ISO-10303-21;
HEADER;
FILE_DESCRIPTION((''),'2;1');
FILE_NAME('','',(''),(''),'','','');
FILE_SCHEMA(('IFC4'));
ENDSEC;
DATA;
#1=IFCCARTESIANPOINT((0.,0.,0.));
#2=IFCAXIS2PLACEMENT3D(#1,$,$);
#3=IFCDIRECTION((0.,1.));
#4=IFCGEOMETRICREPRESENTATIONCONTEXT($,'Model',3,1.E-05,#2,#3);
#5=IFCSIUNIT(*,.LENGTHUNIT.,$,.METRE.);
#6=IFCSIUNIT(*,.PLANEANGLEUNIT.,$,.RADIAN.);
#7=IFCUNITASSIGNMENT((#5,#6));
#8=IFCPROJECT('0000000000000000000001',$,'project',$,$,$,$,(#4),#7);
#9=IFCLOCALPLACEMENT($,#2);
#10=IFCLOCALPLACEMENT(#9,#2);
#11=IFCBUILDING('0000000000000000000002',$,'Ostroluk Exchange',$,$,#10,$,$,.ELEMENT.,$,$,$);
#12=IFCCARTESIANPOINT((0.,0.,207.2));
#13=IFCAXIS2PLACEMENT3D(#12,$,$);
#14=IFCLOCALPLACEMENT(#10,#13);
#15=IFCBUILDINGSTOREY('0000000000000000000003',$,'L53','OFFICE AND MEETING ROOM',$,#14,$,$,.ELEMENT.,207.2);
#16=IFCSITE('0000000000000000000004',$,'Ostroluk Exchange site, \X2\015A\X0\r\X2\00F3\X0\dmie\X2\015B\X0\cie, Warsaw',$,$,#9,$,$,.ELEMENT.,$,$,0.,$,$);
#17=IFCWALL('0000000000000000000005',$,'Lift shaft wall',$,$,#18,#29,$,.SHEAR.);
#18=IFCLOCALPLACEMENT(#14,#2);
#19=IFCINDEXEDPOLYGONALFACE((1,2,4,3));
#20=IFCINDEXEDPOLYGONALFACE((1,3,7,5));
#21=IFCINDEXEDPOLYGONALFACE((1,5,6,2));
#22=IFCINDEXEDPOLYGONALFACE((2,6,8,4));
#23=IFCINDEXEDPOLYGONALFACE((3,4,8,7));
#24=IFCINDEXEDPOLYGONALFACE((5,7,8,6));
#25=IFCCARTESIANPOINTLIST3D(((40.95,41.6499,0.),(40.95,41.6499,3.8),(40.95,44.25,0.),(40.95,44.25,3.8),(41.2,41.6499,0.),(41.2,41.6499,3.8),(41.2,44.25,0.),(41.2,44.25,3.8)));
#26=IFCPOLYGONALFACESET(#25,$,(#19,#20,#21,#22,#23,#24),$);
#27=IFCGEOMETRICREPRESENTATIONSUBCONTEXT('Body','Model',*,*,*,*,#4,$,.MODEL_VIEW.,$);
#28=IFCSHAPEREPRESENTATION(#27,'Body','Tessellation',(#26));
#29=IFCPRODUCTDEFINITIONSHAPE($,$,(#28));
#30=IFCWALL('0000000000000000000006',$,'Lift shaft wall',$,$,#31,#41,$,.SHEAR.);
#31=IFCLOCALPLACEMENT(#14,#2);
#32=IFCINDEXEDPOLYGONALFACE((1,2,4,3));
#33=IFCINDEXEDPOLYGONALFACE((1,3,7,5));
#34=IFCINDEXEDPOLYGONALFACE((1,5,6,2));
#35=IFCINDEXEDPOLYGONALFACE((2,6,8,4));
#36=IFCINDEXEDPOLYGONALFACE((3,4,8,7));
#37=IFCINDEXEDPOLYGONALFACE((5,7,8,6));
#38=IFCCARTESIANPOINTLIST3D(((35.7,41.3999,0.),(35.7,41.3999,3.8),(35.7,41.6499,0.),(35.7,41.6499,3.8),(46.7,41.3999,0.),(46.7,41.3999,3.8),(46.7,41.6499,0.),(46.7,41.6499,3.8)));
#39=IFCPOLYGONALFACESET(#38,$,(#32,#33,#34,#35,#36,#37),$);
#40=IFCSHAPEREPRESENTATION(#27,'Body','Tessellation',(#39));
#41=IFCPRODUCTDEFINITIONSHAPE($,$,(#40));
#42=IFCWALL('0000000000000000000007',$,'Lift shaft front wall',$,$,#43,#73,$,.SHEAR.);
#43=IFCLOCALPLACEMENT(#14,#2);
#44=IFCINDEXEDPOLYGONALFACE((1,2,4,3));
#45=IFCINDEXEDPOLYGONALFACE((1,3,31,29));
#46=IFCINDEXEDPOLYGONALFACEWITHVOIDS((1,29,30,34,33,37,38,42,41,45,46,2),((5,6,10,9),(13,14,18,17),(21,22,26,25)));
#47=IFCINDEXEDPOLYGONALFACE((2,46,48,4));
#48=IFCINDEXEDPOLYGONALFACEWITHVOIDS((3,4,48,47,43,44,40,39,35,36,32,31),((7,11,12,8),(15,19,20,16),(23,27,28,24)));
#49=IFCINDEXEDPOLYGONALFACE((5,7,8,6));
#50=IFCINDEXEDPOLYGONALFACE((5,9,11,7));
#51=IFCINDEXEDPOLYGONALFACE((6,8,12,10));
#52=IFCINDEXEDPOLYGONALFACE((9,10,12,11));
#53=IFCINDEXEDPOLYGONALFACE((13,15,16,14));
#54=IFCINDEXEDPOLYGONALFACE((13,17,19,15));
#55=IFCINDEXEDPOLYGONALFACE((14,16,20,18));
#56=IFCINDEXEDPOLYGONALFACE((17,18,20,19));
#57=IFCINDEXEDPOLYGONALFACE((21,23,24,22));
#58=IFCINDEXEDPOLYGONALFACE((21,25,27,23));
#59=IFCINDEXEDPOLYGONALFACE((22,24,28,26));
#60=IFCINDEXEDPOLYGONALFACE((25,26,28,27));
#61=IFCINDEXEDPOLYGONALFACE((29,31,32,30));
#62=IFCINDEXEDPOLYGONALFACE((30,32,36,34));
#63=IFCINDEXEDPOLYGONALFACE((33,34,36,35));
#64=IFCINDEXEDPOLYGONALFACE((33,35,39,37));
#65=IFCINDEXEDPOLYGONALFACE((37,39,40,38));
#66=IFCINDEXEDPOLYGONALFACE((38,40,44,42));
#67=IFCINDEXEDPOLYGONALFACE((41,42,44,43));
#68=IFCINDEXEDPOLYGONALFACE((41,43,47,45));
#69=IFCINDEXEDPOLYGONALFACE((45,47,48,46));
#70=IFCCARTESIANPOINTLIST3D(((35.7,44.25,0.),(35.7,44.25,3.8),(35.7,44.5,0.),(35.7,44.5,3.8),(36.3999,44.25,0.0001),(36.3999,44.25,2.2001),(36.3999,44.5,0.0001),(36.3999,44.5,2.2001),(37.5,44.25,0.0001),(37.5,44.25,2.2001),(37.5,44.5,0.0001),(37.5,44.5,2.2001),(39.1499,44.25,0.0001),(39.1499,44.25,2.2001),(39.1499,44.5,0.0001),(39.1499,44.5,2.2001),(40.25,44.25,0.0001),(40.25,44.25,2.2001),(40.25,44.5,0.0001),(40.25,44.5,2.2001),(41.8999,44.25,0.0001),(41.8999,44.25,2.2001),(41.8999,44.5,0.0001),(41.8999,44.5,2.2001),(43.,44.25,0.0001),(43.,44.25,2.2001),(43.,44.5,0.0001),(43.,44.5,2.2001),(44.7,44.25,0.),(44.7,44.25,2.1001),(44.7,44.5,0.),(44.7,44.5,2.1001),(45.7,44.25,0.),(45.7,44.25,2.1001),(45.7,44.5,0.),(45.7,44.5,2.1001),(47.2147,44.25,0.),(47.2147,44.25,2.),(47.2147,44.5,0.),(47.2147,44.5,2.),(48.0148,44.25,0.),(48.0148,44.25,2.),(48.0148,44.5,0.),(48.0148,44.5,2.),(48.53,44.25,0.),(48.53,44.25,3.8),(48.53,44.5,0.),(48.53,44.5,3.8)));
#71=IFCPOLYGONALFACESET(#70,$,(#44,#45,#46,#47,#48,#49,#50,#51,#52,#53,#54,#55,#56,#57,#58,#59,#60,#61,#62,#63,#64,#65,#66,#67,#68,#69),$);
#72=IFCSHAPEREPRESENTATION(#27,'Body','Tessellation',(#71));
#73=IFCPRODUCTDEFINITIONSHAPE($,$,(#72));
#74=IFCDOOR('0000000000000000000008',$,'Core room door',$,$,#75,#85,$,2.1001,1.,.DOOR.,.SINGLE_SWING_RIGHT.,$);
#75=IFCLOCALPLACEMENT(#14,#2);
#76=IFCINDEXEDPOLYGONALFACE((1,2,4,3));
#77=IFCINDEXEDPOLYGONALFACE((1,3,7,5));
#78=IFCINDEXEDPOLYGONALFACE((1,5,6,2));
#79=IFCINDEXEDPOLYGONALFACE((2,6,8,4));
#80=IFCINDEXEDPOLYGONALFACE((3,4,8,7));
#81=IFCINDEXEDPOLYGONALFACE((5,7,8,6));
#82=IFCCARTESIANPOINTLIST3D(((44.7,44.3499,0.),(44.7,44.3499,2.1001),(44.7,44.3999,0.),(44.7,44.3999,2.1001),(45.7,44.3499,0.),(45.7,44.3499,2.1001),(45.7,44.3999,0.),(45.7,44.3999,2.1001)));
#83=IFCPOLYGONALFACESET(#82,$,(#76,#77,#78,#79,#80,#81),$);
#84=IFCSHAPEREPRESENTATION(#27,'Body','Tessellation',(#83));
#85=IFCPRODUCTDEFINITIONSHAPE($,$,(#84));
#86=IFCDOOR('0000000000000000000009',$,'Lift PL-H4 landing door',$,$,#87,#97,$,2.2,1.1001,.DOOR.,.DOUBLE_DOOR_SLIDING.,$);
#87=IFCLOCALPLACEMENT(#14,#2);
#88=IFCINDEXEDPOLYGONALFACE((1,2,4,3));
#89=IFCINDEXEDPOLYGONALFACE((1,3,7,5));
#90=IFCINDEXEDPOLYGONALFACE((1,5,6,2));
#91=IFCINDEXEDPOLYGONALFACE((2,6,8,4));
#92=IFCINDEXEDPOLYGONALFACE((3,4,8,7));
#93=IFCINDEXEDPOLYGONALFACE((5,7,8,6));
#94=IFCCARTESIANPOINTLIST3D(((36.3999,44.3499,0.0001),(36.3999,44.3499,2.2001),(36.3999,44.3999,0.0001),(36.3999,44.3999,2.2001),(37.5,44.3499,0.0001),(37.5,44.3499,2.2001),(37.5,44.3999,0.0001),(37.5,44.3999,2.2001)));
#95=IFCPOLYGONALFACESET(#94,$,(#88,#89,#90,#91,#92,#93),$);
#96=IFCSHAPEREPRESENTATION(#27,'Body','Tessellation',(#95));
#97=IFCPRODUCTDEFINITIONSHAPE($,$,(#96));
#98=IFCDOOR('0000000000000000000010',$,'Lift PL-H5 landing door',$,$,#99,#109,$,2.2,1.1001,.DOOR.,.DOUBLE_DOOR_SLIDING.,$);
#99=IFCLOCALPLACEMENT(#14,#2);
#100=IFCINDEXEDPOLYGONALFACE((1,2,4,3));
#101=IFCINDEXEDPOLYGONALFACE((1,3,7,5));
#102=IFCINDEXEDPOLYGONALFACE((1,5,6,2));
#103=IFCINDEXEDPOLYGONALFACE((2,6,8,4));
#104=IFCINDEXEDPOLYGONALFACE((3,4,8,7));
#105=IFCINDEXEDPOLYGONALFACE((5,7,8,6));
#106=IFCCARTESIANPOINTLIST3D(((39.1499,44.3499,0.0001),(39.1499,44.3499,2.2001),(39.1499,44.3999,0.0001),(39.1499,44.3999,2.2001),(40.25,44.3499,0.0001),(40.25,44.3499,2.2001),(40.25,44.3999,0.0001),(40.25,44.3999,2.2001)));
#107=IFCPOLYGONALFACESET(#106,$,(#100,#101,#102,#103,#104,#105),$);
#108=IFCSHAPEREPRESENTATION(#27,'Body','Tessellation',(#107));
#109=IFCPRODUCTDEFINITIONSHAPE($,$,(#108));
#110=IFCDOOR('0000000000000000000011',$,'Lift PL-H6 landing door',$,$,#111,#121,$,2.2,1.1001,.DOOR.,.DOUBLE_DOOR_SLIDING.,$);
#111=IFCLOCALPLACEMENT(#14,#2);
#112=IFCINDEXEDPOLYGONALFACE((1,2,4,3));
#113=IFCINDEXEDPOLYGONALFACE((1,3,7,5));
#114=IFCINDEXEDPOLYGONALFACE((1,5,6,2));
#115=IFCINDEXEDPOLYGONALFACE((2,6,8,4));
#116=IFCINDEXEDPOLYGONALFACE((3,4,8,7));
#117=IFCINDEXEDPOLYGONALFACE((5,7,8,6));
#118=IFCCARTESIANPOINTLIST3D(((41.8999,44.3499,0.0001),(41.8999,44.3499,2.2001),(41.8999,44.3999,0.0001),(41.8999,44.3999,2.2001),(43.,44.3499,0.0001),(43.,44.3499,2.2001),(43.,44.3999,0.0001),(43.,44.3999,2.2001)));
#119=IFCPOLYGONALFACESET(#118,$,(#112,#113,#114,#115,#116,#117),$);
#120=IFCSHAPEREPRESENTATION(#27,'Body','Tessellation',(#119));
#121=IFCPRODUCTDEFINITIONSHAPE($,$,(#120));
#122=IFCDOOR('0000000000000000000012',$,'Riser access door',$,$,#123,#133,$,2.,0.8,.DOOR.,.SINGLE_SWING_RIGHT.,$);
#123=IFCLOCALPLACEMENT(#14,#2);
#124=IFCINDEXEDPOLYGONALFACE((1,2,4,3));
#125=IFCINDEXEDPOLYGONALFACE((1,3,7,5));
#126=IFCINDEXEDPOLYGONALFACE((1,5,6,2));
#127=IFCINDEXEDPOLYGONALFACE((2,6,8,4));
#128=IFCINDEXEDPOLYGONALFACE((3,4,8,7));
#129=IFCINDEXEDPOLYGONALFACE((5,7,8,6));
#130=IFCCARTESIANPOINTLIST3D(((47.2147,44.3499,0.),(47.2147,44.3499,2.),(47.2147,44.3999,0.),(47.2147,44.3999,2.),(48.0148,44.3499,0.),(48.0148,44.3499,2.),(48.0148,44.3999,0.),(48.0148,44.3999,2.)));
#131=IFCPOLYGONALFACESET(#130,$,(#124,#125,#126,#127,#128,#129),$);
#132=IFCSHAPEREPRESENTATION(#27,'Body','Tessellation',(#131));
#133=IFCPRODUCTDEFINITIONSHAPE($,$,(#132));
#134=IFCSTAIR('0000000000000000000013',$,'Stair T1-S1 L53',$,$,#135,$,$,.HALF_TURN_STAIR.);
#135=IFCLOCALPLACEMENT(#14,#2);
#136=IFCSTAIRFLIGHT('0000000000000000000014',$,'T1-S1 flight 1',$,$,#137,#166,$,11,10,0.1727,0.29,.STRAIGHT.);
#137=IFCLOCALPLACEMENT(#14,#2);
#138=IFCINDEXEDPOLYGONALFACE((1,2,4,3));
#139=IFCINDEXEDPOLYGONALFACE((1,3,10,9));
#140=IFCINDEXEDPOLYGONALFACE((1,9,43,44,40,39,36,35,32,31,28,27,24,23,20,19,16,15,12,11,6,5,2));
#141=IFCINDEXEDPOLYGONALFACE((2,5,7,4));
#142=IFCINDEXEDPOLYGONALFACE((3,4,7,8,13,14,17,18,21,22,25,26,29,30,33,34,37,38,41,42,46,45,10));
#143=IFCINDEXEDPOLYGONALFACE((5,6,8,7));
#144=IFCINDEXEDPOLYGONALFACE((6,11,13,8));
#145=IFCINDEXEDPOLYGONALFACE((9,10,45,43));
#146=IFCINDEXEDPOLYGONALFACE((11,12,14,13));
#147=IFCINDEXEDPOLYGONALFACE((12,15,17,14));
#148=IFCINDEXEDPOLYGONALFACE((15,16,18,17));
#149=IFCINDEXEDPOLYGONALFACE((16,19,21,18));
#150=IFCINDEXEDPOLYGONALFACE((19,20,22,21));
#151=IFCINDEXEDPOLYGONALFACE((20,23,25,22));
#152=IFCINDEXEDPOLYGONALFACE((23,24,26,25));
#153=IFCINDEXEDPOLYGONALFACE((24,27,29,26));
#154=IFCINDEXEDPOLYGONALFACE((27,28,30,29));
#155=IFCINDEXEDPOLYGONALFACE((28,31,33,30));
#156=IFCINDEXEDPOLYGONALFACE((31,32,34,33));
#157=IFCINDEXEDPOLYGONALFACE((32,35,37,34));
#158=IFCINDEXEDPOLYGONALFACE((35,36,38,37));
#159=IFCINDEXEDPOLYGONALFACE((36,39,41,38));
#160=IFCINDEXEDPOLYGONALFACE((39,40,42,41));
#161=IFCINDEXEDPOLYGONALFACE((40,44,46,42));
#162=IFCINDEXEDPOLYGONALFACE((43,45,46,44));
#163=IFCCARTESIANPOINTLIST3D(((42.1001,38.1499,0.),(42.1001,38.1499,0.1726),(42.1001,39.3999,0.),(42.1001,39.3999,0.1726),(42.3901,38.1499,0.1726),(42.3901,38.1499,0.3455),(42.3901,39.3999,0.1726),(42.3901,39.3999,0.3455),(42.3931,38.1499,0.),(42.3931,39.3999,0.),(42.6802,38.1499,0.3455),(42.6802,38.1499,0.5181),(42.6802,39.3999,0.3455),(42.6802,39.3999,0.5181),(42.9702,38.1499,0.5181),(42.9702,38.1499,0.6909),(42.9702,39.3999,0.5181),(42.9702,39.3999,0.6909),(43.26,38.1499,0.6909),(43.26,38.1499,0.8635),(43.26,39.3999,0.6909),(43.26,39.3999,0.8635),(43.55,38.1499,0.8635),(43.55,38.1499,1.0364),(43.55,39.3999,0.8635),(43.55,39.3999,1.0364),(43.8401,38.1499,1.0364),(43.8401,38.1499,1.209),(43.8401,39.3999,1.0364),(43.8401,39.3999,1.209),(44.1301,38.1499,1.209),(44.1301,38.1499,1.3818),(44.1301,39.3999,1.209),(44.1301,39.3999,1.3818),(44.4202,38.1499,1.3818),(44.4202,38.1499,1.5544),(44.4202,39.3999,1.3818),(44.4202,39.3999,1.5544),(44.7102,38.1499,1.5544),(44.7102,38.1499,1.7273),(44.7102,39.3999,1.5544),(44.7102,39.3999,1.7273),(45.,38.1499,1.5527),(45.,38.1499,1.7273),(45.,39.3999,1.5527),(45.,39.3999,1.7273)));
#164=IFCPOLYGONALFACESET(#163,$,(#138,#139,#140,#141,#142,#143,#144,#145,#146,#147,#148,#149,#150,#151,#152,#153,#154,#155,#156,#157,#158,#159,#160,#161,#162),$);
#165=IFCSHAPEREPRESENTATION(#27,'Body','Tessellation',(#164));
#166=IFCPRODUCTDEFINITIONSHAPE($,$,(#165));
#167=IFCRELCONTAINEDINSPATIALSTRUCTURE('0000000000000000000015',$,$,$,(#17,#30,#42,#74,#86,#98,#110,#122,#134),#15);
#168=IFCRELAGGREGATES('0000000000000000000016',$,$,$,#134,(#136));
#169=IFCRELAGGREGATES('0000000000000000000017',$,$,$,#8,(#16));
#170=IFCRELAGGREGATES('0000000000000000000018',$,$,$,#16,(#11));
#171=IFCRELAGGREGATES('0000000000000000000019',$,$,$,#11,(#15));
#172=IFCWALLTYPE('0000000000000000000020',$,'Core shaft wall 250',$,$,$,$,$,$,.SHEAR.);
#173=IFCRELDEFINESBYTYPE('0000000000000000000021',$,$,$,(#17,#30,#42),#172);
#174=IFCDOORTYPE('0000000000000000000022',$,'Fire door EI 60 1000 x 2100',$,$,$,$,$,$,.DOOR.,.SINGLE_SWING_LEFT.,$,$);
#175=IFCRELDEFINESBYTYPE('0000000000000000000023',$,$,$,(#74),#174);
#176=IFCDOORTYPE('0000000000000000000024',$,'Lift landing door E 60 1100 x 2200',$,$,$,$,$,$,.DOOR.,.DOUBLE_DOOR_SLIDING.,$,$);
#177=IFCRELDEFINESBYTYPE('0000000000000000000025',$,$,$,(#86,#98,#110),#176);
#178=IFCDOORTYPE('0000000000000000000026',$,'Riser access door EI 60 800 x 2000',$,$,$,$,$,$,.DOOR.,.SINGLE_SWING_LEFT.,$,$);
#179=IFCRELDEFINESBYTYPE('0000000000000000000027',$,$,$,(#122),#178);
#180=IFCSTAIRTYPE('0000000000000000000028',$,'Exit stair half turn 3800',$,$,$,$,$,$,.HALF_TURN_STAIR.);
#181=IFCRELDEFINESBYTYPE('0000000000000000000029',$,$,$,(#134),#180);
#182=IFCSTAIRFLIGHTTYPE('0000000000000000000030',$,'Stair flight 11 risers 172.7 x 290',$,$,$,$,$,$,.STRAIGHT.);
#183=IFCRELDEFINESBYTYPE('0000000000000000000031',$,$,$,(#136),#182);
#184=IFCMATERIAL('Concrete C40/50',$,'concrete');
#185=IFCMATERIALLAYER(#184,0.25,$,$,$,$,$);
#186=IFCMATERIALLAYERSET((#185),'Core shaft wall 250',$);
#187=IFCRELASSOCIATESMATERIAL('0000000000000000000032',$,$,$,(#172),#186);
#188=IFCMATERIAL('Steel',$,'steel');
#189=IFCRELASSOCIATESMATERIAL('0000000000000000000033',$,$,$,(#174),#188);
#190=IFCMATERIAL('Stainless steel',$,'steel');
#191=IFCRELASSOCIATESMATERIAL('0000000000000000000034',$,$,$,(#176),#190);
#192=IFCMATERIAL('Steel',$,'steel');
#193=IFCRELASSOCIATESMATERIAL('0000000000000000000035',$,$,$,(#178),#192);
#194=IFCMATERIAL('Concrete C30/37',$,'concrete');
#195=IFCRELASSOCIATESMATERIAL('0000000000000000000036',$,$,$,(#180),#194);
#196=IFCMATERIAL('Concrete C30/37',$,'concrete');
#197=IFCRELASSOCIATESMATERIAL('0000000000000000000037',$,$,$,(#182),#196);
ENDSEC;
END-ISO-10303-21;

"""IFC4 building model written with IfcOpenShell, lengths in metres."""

from ifc_helpers import new_model, si_unit, direction, frame, frame_2d, origin, place, context, subcontext, project, spatial, polyline, rectangle, outline, extrude, material, layer, layer_set, type_object, element, fill, aggregate, save


model = new_model("IFC4")

# Units and contexts
model_context = context("Model", 3, precision=1e-05, world=origin(), true_north=direction((0.0, 1.0)))
body_context = subcontext(model_context, "Body", "Model", "MODEL_VIEW")
ifc_project = project(units=[si_unit("LENGTHUNIT", "METRE"), si_unit("PLANEANGLEUNIT", "RADIAN")], contexts=[model_context])

# Site, building, storey
site_placement = place(None, origin())
site = spatial("IfcSite", under=ifc_project, at=site_placement, Name="Ostroluk Exchange site, Śródmieście, Warsaw", CompositionType="ELEMENT", RefElevation=0.0)
building_placement = place(site_placement, origin())
building = spatial("IfcBuilding", under=site, at=building_placement, Name="Ostroluk Exchange", CompositionType="ELEMENT")
storey_placement = place(building_placement, frame((0.0, 0.0, 207.2)))
storey = spatial("IfcBuildingStorey", under=building, at=storey_placement, Name="L53", Description="OFFICE AND MEETING ROOM", CompositionType="ELEMENT", Elevation=207.2)

# Shared definitions
ifc_material_1 = material(Name="Concrete C40/50", Category="concrete")
ifc_layer_1 = layer(ifc_material_1, 0.25)
ifc_layer_set_1 = layer_set([ifc_layer_1], Name="Core shaft wall 250")
wall_type_1 = type_object("IfcWallType", Name="Core shaft wall 250", PredefinedType="SHEAR", material=ifc_layer_set_1)

# Walls
for number, where, z_axis, x_axis, name in (
    (1, (41.075, 44.25, 0.0), (0.0, 0.0, 1.0), (0.0, -1.0, 0.0), "Lift shaft wall"),
):
    element("IfcWall", number, at=place(storey_placement, frame(where, z_axis=z_axis, x_axis=x_axis)), inside=storey, type_object=wall_type_1, Name=name, PredefinedType="SHEAR", context=body_context, shape_type="SweptSolid", body=[
        extrude(rectangle(XDim=2.6001, YDim=0.25, at=frame_2d((1.3, 0.0))), origin(), (0.0, 0.0, 1.0), 3.8),
    ])
wall_1_placement = place(storey_placement, frame((35.7, 41.5249, 0.0), z_axis=(0.0, 0.0, 1.0), x_axis=(1.0, 0.0, 0.0)))
element("IfcWall", 2, at=wall_1_placement, inside=storey, type_object=wall_type_1, Name="Lift shaft wall", PredefinedType="SHEAR", context=body_context, shape_type="SweptSolid", body=[
    extrude(rectangle(XDim=11.0, YDim=0.25, at=frame_2d((5.5, 0.0))), origin(), (0.0, 0.0, 1.0), 3.8),
])

# Wall, openings, doors
wall_2_placement = place(storey_placement, frame((35.7, 44.375, 0.0), z_axis=(0.0, 0.0, 1.0), x_axis=(1.0, 0.0, 0.0)))
wall_2 = element("IfcWall", 3, at=wall_2_placement, inside=storey, type_object=wall_type_1, Name="Lift shaft front wall", PredefinedType="SHEAR", context=body_context, shape_type="SweptSolid", body=[
    extrude(rectangle(XDim=12.8301, YDim=0.25, at=frame_2d((6.415, 0.0))), origin(), (0.0, 0.0, 1.0), 3.8),
])
opening_1_placement = place(wall_2_placement, frame((0.7, 0.0, 0.0)))
opening_1 = element("IfcOpeningElement", 4, at=opening_1_placement, cuts=wall_2, PredefinedType="OPENING", context=body_context, shape_type="SweptSolid", body=[
    extrude(rectangle(XDim=1.1001, YDim=2.2, at=frame_2d((0.55, 1.1001))), frame((0.0, 0.135, 0.0), z_axis=(0.0, -1.0, 0.0), x_axis=(1.0, 0.0, 0.0)), (0.0, 0.0, 1.0), 0.27),
])
opening_2_placement = place(wall_2_placement, frame((3.45, 0.0, 0.0)))
opening_2 = element("IfcOpeningElement", 5, at=opening_2_placement, cuts=wall_2, PredefinedType="OPENING", context=body_context, shape_type="SweptSolid", body=[
    extrude(rectangle(XDim=1.1001, YDim=2.2, at=frame_2d((0.55, 1.1001))), frame((0.0, 0.135, 0.0), z_axis=(0.0, -1.0, 0.0), x_axis=(1.0, 0.0, 0.0)), (0.0, 0.0, 1.0), 0.27),
])
opening_3_placement = place(wall_2_placement, frame((6.2, 0.0, 0.0)))
opening_3 = element("IfcOpeningElement", 6, at=opening_3_placement, cuts=wall_2, PredefinedType="OPENING", context=body_context, shape_type="SweptSolid", body=[
    extrude(rectangle(XDim=1.1001, YDim=2.2, at=frame_2d((0.55, 1.1001))), frame((0.0, 0.135, 0.0), z_axis=(0.0, -1.0, 0.0), x_axis=(1.0, 0.0, 0.0)), (0.0, 0.0, 1.0), 0.27),
])
opening_4_placement = place(wall_2_placement, frame((9.0, 0.0, 0.0)))
opening_4 = element("IfcOpeningElement", 7, at=opening_4_placement, cuts=wall_2, PredefinedType="OPENING", context=body_context, shape_type="SweptSolid", body=[
    extrude(rectangle(XDim=1.0, YDim=2.1001, at=frame_2d((0.5, 1.05))), frame((0.0, 0.135, 0.0), z_axis=(0.0, -1.0, 0.0), x_axis=(1.0, 0.0, 0.0)), (0.0, 0.0, 1.0), 0.27),
])
opening_5_placement = place(wall_2_placement, frame((11.5149, 0.0, 0.0)))
opening_5 = element("IfcOpeningElement", 8, at=opening_5_placement, cuts=wall_2, PredefinedType="OPENING", context=body_context, shape_type="SweptSolid", body=[
    extrude(rectangle(XDim=0.8, YDim=2.0, at=frame_2d((0.3999, 1.0))), frame((0.0, 0.135, 0.0), z_axis=(0.0, -1.0, 0.0), x_axis=(1.0, 0.0, 0.0)), (0.0, 0.0, 1.0), 0.27),
])
ifc_material_2 = material(Name="Steel", Category="steel")
door_type_1 = type_object("IfcDoorType", Name="Fire door EI 60 1000 x 2100", OperationType="SINGLE_SWING_LEFT", PredefinedType="DOOR", material=ifc_material_2)
door_1_placement = place(opening_4_placement, origin())
door_1 = element("IfcDoor", 9, at=door_1_placement, inside=storey, type_object=door_type_1, Name="Core room door", OperationType="SINGLE_SWING_RIGHT", OverallHeight=2.1001, OverallWidth=1.0, PredefinedType="DOOR", context=body_context, shape_type="SweptSolid", body=[
    extrude(rectangle(XDim=1.0, YDim=2.1001, at=frame_2d((0.5, 1.05))), frame((0.0, 0.0249, 0.0), z_axis=(0.0, -1.0, 0.0), x_axis=(1.0, 0.0, 0.0)), (0.0, 0.0, 1.0), 0.05),
])
fill(opening_4, door_1)
ifc_material_3 = material(Name="Stainless steel", Category="steel")
door_type_2 = type_object("IfcDoorType", Name="Lift landing door E 60 1100 x 2200", OperationType="DOUBLE_DOOR_SLIDING", PredefinedType="DOOR", material=ifc_material_3)
door_2_placement = place(opening_1_placement, origin())
door_2 = element("IfcDoor", 10, at=door_2_placement, inside=storey, type_object=door_type_2, Name="Lift PL-H4 landing door", OperationType="DOUBLE_DOOR_SLIDING", OverallHeight=2.2, OverallWidth=1.1001, PredefinedType="DOOR", context=body_context, shape_type="SweptSolid", body=[
    extrude(rectangle(XDim=1.1001, YDim=2.2, at=frame_2d((0.55, 1.1001))), frame((0.0, 0.0249, 0.0), z_axis=(0.0, -1.0, 0.0), x_axis=(1.0, 0.0, 0.0)), (0.0, 0.0, 1.0), 0.05),
])
fill(opening_1, door_2)
door_3_placement = place(opening_2_placement, origin())
door_3 = element("IfcDoor", 11, at=door_3_placement, inside=storey, type_object=door_type_2, Name="Lift PL-H5 landing door", OperationType="DOUBLE_DOOR_SLIDING", OverallHeight=2.2, OverallWidth=1.1001, PredefinedType="DOOR", context=body_context, shape_type="SweptSolid", body=[
    extrude(rectangle(XDim=1.1001, YDim=2.2, at=frame_2d((0.55, 1.1001))), frame((0.0, 0.0249, 0.0), z_axis=(0.0, -1.0, 0.0), x_axis=(1.0, 0.0, 0.0)), (0.0, 0.0, 1.0), 0.05),
])
fill(opening_2, door_3)
door_4_placement = place(opening_3_placement, origin())
door_4 = element("IfcDoor", 12, at=door_4_placement, inside=storey, type_object=door_type_2, Name="Lift PL-H6 landing door", OperationType="DOUBLE_DOOR_SLIDING", OverallHeight=2.2, OverallWidth=1.1001, PredefinedType="DOOR", context=body_context, shape_type="SweptSolid", body=[
    extrude(rectangle(XDim=1.1001, YDim=2.2, at=frame_2d((0.55, 1.1001))), frame((0.0, 0.0249, 0.0), z_axis=(0.0, -1.0, 0.0), x_axis=(1.0, 0.0, 0.0)), (0.0, 0.0, 1.0), 0.05),
])
fill(opening_3, door_4)
ifc_material_4 = material(Name="Steel", Category="steel")
door_type_3 = type_object("IfcDoorType", Name="Riser access door EI 60 800 x 2000", OperationType="SINGLE_SWING_LEFT", PredefinedType="DOOR", material=ifc_material_4)
door_5_placement = place(opening_5_placement, origin())
door_5 = element("IfcDoor", 13, at=door_5_placement, inside=storey, type_object=door_type_3, Name="Riser access door", OperationType="SINGLE_SWING_RIGHT", OverallHeight=2.0, OverallWidth=0.8, PredefinedType="DOOR", context=body_context, shape_type="SweptSolid", body=[
    extrude(rectangle(XDim=0.8, YDim=2.0, at=frame_2d((0.3999, 1.0))), frame((0.0, 0.0249, 0.0), z_axis=(0.0, -1.0, 0.0), x_axis=(1.0, 0.0, 0.0)), (0.0, 0.0, 1.0), 0.05),
])
fill(opening_5, door_5)

# Stair, stair flight
ifc_material_5 = material(Name="Concrete C30/37", Category="concrete")
stair_type = type_object("IfcStairType", Name="Exit stair half turn 3800", PredefinedType="HALF_TURN_STAIR", material=ifc_material_5)
stair_placement = place(storey_placement, origin())
stair = element("IfcStair", 14, at=stair_placement, inside=storey, type_object=stair_type, Name="Stair T1-S1 L53", PredefinedType="HALF_TURN_STAIR")
ifc_material_6 = material(Name="Concrete C30/37", Category="concrete")
stair_flight_type = type_object("IfcStairFlightType", Name="Stair flight 11 risers 172.7 x 290", PredefinedType="STRAIGHT", material=ifc_material_6)
stair_flight_placement = place(storey_placement, frame((42.1001, 38.7749, 0.0), z_axis=(0.0, 0.0, 1.0), x_axis=(1.0, 0.0, 0.0)))
stair_flight = element("IfcStairFlight", 15, at=stair_flight_placement, type_object=stair_flight_type, Name="T1-S1 flight 1", NumberOfRisers=11, NumberOfTreads=10, PredefinedType="STRAIGHT", RiserHeight=0.1727, TreadLength=0.29, context=body_context, shape_type="SweptSolid", body=[
    extrude(outline(polyline([(0.0, 0.0), (0.0, 0.1726), (0.29, 0.1726), (0.29, 0.3455), (0.5801, 0.3455), (0.5801, 0.5181), (0.8701, 0.5181), (0.8701, 0.6909), (1.1599, 0.6909), (1.1599, 0.8635), (1.45, 0.8635), (1.45, 1.0364), (1.74, 1.0364), (1.74, 1.209), (2.03, 1.209), (2.03, 1.3818), (2.3201, 1.3818), (2.3201, 1.5544), (2.6101, 1.5544), (2.6101, 1.7273), (2.8999, 1.7273), (2.8999, 1.8999), (2.8999, 1.5527), (0.293, 0.0), (0.0, 0.0)])), frame((0.0, 0.625, 0.0), z_axis=(0.0, -1.0, 0.0), x_axis=(1.0, 0.0, 0.0)), (0.0, 0.0, 1.0), 1.25),
])
aggregate(stair, [stair_flight])

save(model, "model.ifc")
